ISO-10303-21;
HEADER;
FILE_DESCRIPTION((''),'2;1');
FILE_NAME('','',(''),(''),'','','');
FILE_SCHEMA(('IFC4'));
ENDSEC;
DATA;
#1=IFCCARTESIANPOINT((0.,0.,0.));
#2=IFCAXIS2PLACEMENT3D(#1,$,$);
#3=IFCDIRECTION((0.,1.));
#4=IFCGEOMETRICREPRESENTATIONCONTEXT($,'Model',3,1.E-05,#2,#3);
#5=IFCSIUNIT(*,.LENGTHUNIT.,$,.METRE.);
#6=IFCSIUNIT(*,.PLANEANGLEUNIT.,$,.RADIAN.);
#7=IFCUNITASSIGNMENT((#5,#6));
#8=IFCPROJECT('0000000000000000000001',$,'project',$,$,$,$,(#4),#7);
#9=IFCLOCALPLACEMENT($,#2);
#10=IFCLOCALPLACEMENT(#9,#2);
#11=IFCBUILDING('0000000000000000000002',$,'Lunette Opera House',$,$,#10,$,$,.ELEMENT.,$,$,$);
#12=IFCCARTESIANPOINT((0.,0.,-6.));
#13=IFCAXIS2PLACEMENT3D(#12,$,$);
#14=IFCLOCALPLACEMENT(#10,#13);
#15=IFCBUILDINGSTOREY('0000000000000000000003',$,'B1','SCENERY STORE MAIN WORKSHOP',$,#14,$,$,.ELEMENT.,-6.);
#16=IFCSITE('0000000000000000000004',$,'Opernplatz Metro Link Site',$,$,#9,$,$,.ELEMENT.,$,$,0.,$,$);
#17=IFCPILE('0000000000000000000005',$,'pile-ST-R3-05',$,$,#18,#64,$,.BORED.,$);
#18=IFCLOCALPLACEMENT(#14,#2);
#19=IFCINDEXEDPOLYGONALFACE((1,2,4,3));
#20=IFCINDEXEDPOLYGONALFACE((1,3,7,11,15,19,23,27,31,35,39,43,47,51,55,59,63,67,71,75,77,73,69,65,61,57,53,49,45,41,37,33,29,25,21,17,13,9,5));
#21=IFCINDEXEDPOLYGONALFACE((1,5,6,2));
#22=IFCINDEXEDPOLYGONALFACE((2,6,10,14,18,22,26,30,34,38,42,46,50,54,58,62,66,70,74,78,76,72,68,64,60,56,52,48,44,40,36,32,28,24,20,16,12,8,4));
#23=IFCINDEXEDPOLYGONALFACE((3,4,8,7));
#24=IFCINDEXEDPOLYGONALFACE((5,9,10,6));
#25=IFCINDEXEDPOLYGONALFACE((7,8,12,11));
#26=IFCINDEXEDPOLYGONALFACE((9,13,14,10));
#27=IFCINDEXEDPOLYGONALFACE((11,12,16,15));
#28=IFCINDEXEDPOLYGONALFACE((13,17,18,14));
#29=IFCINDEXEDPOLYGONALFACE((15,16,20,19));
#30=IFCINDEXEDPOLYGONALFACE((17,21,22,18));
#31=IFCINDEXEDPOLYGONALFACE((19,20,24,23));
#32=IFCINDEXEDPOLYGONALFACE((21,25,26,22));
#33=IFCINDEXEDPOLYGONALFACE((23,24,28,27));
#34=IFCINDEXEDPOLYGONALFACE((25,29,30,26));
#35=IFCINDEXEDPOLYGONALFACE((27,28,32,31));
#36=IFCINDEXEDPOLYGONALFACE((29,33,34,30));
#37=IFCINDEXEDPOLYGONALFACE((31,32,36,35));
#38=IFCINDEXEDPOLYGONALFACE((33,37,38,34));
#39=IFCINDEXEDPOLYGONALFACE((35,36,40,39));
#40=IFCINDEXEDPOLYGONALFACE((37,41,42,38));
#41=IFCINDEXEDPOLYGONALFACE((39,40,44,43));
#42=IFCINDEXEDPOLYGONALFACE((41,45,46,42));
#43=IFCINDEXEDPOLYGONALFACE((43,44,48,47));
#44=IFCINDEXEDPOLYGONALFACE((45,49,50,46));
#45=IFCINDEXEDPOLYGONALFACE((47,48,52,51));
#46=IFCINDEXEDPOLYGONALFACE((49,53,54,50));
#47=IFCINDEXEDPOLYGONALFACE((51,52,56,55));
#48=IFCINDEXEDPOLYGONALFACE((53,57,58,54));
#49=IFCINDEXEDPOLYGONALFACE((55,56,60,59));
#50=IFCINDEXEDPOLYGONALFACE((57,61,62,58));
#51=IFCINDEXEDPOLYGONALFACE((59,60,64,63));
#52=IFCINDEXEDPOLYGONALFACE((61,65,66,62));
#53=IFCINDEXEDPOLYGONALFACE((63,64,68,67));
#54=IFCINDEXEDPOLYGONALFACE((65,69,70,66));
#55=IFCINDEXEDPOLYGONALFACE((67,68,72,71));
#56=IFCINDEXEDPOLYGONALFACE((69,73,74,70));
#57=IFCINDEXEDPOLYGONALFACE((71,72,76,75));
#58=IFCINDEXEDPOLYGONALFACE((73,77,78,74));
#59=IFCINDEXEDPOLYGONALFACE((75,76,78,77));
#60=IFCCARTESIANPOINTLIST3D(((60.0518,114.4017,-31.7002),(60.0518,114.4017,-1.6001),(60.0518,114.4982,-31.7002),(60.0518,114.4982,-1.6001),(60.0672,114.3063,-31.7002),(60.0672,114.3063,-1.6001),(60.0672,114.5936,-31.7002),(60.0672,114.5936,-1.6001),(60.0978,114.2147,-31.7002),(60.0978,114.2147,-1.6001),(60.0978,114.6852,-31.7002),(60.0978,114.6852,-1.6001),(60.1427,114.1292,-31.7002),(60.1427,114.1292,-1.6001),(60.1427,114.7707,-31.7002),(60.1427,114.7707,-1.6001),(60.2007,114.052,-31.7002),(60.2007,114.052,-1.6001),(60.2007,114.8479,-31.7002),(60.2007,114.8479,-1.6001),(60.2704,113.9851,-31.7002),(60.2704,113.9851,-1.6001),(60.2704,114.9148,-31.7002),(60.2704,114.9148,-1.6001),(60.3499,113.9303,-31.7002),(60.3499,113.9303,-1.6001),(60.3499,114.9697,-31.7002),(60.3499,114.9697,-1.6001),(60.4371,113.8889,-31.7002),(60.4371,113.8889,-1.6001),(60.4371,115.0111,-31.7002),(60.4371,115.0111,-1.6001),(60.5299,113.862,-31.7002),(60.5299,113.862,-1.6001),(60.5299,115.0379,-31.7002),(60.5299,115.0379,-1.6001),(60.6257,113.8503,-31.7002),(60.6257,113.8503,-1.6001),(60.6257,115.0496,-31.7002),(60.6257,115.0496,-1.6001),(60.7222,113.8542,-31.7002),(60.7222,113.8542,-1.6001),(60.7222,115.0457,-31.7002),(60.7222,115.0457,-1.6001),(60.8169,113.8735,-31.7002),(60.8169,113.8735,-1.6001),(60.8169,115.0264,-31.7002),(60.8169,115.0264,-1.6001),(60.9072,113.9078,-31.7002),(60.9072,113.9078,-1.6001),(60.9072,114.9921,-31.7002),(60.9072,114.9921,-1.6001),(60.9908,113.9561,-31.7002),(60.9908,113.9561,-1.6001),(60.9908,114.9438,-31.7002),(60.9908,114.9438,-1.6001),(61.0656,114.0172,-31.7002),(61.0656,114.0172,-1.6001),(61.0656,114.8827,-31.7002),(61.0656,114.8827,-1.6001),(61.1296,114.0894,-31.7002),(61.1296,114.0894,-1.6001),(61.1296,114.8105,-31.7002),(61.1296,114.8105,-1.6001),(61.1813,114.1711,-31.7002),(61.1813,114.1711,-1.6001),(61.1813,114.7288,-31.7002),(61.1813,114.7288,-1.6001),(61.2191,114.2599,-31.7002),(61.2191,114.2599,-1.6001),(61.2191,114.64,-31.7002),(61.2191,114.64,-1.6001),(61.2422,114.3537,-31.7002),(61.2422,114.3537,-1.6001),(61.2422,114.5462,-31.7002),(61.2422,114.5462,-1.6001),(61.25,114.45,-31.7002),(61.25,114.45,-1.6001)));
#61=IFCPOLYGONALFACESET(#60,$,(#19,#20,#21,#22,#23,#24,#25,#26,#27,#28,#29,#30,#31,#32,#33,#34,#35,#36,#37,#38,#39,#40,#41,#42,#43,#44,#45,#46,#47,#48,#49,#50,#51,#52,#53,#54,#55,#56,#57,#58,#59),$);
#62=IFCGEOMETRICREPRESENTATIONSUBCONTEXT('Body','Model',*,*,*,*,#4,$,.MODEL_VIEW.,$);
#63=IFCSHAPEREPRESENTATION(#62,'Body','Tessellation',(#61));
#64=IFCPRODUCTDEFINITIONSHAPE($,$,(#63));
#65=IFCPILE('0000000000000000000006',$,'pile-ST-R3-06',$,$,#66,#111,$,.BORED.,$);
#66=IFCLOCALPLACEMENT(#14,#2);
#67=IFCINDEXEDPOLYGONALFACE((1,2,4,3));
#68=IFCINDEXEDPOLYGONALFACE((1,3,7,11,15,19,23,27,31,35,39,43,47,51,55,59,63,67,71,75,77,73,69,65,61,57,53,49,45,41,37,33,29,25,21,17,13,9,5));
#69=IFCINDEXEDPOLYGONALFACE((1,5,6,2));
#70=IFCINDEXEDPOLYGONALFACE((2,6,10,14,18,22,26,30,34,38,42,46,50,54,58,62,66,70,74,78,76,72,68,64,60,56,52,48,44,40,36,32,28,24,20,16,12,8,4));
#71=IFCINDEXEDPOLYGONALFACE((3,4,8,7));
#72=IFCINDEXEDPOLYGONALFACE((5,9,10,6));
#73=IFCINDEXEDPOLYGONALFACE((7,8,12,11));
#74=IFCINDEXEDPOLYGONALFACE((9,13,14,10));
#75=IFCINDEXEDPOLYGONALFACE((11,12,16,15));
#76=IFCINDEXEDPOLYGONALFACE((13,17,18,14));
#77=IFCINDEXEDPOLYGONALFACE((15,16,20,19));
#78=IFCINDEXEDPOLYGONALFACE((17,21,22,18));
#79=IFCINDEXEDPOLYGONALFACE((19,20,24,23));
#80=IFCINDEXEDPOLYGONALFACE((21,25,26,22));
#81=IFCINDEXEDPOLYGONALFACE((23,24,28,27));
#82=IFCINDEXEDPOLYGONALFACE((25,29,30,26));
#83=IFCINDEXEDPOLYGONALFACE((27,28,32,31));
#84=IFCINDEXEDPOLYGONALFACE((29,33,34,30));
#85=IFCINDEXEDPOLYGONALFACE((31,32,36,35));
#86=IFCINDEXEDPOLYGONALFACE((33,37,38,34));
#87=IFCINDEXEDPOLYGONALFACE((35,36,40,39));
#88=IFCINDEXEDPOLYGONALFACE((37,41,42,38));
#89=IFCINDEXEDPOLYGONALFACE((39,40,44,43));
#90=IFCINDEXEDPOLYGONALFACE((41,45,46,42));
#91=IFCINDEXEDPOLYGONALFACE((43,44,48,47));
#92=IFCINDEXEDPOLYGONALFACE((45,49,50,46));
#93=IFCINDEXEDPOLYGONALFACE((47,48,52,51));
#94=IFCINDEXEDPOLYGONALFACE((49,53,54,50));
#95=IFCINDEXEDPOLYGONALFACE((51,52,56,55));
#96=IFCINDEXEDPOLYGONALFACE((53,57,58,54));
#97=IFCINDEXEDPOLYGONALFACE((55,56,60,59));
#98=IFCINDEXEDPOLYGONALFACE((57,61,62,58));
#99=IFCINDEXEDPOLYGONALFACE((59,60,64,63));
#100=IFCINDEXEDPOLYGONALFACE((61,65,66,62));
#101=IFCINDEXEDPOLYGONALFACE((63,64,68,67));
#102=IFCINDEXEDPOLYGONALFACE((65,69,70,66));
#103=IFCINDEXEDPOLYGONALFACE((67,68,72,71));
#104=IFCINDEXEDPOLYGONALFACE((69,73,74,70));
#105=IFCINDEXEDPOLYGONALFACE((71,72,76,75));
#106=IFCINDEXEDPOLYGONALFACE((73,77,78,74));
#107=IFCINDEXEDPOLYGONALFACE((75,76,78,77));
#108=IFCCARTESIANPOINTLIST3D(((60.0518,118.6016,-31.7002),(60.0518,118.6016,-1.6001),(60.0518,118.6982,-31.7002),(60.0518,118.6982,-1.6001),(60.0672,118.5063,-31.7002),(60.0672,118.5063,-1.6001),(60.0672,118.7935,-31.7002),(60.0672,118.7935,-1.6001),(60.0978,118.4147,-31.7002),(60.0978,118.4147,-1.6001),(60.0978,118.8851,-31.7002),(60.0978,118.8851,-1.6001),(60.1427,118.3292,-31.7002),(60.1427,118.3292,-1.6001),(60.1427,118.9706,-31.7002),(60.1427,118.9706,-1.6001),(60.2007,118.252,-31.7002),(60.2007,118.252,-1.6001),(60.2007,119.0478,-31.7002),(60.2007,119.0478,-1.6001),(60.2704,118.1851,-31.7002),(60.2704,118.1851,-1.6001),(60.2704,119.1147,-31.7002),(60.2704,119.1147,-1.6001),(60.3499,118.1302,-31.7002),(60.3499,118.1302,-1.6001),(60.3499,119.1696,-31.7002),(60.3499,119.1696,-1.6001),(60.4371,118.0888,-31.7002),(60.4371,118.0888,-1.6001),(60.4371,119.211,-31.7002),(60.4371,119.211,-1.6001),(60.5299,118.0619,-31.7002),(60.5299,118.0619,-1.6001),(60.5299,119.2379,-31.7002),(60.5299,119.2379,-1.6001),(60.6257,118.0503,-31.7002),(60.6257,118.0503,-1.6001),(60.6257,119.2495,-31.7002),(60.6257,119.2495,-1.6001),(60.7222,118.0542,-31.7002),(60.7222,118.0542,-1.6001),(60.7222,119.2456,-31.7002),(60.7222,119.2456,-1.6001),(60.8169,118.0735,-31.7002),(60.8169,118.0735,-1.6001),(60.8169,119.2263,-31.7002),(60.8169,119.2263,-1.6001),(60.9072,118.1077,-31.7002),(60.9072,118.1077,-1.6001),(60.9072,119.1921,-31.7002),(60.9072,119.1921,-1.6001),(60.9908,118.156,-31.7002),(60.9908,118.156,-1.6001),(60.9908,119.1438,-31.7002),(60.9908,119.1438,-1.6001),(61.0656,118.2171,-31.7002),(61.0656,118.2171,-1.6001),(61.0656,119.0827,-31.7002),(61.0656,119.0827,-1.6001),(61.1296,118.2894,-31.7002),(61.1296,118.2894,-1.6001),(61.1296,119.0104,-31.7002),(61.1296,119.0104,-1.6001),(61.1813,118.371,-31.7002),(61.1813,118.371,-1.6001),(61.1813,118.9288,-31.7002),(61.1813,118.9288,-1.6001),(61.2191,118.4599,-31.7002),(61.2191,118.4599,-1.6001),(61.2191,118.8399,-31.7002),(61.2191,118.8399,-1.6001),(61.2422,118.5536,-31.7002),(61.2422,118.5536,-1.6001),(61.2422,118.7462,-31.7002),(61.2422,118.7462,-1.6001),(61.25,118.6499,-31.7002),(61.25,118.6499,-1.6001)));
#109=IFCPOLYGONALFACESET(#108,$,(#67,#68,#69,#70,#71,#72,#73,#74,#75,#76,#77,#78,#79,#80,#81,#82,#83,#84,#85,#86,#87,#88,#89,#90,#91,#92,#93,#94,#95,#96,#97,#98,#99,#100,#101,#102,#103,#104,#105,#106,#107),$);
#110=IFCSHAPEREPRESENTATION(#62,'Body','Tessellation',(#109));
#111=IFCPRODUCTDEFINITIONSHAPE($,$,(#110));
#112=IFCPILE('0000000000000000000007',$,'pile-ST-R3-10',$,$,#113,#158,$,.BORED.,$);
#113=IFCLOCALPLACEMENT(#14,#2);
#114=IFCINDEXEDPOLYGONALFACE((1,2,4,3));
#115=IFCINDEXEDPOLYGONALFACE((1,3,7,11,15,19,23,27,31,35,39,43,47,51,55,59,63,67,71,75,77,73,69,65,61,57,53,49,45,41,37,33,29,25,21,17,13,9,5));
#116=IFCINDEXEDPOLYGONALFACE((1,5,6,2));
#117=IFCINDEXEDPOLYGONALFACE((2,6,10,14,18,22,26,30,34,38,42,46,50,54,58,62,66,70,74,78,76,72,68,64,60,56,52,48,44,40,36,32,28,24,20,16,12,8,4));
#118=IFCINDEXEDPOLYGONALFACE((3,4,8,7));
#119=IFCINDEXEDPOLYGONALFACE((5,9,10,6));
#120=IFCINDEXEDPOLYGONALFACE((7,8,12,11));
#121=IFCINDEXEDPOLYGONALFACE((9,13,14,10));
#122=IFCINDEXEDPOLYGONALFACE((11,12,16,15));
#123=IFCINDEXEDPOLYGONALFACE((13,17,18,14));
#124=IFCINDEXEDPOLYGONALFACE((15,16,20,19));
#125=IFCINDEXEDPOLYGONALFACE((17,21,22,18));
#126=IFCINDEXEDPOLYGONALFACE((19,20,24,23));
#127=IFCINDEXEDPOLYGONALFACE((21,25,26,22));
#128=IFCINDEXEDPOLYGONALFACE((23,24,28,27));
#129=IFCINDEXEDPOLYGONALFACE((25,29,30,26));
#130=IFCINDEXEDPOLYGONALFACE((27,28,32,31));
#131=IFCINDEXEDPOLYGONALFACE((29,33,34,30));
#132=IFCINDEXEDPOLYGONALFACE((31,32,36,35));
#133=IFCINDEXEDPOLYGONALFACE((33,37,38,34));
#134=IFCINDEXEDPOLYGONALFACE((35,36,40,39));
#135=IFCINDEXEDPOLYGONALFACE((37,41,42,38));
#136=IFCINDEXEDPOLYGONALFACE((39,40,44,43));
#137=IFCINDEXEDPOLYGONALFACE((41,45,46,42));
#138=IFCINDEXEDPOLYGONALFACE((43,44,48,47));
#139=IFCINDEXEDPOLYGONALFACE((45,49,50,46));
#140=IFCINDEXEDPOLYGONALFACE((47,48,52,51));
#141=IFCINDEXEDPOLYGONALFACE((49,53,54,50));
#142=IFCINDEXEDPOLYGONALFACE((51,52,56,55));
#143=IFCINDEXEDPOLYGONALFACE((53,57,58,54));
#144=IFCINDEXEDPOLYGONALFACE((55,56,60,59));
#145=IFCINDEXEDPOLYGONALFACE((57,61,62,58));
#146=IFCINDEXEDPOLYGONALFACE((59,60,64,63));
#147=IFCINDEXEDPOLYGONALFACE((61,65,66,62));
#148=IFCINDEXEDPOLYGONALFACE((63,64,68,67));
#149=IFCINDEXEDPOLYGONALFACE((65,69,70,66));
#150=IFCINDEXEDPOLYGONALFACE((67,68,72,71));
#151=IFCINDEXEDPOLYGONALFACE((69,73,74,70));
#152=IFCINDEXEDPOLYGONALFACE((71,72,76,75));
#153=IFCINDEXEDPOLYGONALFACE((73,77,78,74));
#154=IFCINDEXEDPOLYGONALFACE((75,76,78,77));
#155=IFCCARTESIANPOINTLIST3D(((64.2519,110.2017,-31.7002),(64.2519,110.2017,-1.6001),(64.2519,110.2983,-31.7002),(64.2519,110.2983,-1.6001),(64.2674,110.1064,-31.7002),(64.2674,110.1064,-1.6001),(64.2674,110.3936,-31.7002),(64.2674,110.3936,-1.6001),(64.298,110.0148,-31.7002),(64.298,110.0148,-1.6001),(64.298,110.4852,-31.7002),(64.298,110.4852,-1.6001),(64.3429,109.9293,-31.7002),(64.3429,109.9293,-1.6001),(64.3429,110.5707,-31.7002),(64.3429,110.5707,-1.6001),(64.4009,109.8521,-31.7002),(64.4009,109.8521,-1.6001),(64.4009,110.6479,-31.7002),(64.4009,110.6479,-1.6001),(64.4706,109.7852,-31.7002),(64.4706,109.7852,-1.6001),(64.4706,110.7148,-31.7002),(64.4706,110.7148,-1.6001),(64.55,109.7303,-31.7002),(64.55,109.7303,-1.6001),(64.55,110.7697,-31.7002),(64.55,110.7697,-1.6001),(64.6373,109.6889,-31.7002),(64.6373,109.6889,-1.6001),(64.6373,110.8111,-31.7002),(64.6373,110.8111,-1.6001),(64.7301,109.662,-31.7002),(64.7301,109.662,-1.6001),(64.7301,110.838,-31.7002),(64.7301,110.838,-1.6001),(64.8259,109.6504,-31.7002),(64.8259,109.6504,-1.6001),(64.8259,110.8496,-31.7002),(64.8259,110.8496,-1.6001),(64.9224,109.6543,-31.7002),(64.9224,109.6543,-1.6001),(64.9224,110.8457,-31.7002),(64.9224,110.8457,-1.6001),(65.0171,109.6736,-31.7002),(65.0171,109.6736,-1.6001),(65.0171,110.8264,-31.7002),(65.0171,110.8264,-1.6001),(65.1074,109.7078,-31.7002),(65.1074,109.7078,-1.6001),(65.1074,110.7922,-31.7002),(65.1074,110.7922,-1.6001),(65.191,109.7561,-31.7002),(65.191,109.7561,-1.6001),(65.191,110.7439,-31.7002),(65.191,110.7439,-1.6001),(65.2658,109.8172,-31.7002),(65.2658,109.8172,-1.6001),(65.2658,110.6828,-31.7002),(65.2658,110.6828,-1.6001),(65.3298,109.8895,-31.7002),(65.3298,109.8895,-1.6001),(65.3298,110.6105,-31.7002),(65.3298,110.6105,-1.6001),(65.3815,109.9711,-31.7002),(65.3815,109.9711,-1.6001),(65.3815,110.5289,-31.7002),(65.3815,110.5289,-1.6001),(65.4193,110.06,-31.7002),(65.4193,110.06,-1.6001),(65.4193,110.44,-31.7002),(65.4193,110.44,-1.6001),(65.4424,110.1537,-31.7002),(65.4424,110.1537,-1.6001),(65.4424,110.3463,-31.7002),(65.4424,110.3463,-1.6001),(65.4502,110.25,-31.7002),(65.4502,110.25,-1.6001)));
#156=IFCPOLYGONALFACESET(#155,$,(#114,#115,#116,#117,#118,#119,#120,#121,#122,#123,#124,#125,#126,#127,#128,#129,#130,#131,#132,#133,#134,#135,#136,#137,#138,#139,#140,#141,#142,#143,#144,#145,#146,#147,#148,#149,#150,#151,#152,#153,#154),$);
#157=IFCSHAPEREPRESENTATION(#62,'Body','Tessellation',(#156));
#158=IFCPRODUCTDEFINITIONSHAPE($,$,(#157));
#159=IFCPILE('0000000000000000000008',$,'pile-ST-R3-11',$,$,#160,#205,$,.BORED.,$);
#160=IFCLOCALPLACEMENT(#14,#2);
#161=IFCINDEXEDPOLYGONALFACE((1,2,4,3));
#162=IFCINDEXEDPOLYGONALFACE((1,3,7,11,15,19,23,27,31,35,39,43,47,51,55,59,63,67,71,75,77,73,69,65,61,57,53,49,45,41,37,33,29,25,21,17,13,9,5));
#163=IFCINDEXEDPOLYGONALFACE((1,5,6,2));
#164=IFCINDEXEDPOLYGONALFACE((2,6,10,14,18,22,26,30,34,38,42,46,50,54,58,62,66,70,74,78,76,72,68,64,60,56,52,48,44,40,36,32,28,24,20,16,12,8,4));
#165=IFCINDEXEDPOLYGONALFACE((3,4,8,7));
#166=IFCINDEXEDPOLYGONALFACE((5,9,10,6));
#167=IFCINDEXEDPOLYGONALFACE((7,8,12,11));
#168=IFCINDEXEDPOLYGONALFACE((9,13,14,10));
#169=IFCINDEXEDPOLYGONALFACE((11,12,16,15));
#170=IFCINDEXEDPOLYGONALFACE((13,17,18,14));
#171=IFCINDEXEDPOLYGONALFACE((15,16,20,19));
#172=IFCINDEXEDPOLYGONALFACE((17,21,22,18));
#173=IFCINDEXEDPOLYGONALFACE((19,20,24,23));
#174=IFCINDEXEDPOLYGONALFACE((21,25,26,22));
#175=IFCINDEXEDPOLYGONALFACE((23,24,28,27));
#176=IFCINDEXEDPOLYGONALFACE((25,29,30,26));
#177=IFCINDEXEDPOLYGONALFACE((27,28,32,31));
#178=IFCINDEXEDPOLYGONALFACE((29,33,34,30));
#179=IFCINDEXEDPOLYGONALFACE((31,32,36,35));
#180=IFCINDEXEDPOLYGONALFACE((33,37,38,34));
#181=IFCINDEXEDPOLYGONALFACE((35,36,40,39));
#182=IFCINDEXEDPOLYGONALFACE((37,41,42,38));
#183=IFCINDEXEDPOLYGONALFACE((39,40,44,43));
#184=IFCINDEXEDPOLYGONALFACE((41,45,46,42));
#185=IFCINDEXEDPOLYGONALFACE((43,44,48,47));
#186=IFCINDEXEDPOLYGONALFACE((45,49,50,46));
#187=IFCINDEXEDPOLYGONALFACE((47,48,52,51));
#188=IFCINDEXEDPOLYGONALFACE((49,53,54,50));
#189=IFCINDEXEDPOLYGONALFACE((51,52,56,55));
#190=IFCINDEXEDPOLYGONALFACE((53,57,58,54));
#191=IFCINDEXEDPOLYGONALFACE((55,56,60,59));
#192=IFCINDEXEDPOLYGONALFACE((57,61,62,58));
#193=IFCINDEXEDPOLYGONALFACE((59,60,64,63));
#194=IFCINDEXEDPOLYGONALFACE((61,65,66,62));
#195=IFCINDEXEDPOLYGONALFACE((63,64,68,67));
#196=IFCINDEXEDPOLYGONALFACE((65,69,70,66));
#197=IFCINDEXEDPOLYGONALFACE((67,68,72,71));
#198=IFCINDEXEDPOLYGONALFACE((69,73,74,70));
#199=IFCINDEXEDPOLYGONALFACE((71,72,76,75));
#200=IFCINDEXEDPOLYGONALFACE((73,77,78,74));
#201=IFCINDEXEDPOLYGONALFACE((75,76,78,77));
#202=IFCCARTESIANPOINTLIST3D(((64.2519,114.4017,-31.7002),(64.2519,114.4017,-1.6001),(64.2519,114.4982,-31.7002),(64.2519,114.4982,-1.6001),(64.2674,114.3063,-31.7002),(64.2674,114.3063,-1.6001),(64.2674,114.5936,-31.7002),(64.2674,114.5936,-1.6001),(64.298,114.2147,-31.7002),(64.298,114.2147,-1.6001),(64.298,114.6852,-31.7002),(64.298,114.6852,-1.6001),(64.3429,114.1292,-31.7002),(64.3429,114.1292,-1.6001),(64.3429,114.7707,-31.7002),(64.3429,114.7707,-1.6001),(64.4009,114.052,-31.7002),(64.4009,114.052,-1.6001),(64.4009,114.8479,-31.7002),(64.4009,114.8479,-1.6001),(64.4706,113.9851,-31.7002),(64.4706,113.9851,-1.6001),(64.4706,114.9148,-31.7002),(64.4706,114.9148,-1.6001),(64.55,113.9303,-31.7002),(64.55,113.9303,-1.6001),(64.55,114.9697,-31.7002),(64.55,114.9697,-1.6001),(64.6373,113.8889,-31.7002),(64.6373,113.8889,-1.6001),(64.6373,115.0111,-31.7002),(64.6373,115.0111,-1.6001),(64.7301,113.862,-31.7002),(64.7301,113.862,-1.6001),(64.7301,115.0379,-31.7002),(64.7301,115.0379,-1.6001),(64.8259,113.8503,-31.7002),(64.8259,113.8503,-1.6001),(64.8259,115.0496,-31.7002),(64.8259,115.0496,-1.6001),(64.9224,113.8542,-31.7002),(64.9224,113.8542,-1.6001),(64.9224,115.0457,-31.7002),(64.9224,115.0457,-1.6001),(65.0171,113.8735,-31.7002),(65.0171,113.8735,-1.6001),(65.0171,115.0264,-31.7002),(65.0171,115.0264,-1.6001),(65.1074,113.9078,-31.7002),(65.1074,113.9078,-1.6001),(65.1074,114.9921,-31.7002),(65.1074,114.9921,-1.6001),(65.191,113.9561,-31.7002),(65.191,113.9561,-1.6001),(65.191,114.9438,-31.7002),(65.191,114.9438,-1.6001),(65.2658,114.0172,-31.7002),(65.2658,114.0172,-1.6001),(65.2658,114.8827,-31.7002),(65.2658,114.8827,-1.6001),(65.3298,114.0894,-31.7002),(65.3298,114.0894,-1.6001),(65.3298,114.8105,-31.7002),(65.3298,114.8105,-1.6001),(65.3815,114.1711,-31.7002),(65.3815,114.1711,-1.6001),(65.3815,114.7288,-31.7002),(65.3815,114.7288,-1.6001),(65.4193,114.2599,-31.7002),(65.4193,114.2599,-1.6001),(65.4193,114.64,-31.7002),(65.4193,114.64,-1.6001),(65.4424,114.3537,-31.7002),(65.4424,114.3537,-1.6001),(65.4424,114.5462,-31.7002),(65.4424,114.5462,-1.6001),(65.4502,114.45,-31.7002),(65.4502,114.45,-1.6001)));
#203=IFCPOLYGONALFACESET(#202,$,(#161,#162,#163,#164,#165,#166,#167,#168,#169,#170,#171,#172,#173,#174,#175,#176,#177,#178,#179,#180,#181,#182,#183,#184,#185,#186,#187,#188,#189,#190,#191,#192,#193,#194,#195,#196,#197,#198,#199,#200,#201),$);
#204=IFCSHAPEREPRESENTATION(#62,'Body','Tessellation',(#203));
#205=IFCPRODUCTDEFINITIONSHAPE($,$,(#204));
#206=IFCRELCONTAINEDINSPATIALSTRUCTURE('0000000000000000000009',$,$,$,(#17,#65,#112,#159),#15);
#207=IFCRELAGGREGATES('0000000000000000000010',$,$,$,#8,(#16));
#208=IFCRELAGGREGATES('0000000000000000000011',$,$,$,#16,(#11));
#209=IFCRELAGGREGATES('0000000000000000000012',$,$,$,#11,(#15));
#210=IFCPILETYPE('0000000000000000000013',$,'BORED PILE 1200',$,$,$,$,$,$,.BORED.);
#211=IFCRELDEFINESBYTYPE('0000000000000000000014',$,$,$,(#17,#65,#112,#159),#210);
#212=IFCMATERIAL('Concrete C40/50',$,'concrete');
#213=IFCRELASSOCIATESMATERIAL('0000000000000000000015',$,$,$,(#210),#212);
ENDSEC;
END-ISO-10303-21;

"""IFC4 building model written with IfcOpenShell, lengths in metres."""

from ifc_helpers import new_model, si_unit, direction, frame, origin, origin_2d, place, context, subcontext, project, spatial, circle, extrude, material, material_profile, profile_set, type_object, element, save


model = new_model("IFC4")

# Units and contexts
model_context = context("Model", 3, precision=1e-05, world=origin(), true_north=direction((0.0, 1.0)))
body_context = subcontext(model_context, "Body", "Model", "MODEL_VIEW")
ifc_project = project(units=[si_unit("LENGTHUNIT", "METRE"), si_unit("PLANEANGLEUNIT", "RADIAN")], contexts=[model_context])

# Site, building, storey
site_placement = place(None, origin())
site = spatial("IfcSite", under=ifc_project, at=site_placement, Name="Opernplatz Metro Link Site", CompositionType="ELEMENT", RefElevation=0.0)
building_placement = place(site_placement, origin())
building = spatial("IfcBuilding", under=site, at=building_placement, Name="Lunette Opera House", CompositionType="ELEMENT")
storey_placement = place(building_placement, frame((0.0, 0.0, -6.0)))
storey = spatial("IfcBuildingStorey", under=building, at=storey_placement, Name="B1", Description="SCENERY STORE MAIN WORKSHOP", CompositionType="ELEMENT", Elevation=-6.0)

# Piles
ifc_material_1 = material(Name="Concrete C40/50", Category="concrete")
ifc_material_profile_1 = material_profile(ifc_material_1, circle(Radius=0.6001, at=origin_2d()), Name="BORED PILE 1200")
ifc_profile_set_1 = profile_set([ifc_material_profile_1], Name="Concrete C40/50")
pile_type = type_object("IfcPileType", Name="BORED PILE 1200", PredefinedType="BORED", material=ifc_profile_set_1)
for number, where, z_axis, x_axis, name in (
    (1, (60.6499, 114.45, -1.6001), (0.0, 0.0, -1.0), (1.0, 0.0, 0.0), "pile-ST-R3-05"),
    (2, (60.6499, 118.6499, -1.6001), (0.0, 0.0, -1.0), (1.0, 0.0, 0.0), "pile-ST-R3-06"),
    (3, (64.8501, 110.25, -1.6001), (0.0, 0.0, -1.0), (1.0, 0.0, 0.0), "pile-ST-R3-10"),
    (4, (64.8501, 114.45, -1.6001), (0.0, 0.0, -1.0), (1.0, 0.0, 0.0), "pile-ST-R3-11"),
):
    element("IfcPile", number, at=place(storey_placement, frame(where, z_axis=z_axis, x_axis=x_axis)), inside=storey, type_object=pile_type, Name=name, PredefinedType="BORED", context=body_context, shape_type="SweptSolid", body=[
        extrude(circle(Radius=0.6001, at=origin_2d()), origin(), (0.0, 0.0, 1.0), 30.1001),
    ])

save(model, "model.ifc")
